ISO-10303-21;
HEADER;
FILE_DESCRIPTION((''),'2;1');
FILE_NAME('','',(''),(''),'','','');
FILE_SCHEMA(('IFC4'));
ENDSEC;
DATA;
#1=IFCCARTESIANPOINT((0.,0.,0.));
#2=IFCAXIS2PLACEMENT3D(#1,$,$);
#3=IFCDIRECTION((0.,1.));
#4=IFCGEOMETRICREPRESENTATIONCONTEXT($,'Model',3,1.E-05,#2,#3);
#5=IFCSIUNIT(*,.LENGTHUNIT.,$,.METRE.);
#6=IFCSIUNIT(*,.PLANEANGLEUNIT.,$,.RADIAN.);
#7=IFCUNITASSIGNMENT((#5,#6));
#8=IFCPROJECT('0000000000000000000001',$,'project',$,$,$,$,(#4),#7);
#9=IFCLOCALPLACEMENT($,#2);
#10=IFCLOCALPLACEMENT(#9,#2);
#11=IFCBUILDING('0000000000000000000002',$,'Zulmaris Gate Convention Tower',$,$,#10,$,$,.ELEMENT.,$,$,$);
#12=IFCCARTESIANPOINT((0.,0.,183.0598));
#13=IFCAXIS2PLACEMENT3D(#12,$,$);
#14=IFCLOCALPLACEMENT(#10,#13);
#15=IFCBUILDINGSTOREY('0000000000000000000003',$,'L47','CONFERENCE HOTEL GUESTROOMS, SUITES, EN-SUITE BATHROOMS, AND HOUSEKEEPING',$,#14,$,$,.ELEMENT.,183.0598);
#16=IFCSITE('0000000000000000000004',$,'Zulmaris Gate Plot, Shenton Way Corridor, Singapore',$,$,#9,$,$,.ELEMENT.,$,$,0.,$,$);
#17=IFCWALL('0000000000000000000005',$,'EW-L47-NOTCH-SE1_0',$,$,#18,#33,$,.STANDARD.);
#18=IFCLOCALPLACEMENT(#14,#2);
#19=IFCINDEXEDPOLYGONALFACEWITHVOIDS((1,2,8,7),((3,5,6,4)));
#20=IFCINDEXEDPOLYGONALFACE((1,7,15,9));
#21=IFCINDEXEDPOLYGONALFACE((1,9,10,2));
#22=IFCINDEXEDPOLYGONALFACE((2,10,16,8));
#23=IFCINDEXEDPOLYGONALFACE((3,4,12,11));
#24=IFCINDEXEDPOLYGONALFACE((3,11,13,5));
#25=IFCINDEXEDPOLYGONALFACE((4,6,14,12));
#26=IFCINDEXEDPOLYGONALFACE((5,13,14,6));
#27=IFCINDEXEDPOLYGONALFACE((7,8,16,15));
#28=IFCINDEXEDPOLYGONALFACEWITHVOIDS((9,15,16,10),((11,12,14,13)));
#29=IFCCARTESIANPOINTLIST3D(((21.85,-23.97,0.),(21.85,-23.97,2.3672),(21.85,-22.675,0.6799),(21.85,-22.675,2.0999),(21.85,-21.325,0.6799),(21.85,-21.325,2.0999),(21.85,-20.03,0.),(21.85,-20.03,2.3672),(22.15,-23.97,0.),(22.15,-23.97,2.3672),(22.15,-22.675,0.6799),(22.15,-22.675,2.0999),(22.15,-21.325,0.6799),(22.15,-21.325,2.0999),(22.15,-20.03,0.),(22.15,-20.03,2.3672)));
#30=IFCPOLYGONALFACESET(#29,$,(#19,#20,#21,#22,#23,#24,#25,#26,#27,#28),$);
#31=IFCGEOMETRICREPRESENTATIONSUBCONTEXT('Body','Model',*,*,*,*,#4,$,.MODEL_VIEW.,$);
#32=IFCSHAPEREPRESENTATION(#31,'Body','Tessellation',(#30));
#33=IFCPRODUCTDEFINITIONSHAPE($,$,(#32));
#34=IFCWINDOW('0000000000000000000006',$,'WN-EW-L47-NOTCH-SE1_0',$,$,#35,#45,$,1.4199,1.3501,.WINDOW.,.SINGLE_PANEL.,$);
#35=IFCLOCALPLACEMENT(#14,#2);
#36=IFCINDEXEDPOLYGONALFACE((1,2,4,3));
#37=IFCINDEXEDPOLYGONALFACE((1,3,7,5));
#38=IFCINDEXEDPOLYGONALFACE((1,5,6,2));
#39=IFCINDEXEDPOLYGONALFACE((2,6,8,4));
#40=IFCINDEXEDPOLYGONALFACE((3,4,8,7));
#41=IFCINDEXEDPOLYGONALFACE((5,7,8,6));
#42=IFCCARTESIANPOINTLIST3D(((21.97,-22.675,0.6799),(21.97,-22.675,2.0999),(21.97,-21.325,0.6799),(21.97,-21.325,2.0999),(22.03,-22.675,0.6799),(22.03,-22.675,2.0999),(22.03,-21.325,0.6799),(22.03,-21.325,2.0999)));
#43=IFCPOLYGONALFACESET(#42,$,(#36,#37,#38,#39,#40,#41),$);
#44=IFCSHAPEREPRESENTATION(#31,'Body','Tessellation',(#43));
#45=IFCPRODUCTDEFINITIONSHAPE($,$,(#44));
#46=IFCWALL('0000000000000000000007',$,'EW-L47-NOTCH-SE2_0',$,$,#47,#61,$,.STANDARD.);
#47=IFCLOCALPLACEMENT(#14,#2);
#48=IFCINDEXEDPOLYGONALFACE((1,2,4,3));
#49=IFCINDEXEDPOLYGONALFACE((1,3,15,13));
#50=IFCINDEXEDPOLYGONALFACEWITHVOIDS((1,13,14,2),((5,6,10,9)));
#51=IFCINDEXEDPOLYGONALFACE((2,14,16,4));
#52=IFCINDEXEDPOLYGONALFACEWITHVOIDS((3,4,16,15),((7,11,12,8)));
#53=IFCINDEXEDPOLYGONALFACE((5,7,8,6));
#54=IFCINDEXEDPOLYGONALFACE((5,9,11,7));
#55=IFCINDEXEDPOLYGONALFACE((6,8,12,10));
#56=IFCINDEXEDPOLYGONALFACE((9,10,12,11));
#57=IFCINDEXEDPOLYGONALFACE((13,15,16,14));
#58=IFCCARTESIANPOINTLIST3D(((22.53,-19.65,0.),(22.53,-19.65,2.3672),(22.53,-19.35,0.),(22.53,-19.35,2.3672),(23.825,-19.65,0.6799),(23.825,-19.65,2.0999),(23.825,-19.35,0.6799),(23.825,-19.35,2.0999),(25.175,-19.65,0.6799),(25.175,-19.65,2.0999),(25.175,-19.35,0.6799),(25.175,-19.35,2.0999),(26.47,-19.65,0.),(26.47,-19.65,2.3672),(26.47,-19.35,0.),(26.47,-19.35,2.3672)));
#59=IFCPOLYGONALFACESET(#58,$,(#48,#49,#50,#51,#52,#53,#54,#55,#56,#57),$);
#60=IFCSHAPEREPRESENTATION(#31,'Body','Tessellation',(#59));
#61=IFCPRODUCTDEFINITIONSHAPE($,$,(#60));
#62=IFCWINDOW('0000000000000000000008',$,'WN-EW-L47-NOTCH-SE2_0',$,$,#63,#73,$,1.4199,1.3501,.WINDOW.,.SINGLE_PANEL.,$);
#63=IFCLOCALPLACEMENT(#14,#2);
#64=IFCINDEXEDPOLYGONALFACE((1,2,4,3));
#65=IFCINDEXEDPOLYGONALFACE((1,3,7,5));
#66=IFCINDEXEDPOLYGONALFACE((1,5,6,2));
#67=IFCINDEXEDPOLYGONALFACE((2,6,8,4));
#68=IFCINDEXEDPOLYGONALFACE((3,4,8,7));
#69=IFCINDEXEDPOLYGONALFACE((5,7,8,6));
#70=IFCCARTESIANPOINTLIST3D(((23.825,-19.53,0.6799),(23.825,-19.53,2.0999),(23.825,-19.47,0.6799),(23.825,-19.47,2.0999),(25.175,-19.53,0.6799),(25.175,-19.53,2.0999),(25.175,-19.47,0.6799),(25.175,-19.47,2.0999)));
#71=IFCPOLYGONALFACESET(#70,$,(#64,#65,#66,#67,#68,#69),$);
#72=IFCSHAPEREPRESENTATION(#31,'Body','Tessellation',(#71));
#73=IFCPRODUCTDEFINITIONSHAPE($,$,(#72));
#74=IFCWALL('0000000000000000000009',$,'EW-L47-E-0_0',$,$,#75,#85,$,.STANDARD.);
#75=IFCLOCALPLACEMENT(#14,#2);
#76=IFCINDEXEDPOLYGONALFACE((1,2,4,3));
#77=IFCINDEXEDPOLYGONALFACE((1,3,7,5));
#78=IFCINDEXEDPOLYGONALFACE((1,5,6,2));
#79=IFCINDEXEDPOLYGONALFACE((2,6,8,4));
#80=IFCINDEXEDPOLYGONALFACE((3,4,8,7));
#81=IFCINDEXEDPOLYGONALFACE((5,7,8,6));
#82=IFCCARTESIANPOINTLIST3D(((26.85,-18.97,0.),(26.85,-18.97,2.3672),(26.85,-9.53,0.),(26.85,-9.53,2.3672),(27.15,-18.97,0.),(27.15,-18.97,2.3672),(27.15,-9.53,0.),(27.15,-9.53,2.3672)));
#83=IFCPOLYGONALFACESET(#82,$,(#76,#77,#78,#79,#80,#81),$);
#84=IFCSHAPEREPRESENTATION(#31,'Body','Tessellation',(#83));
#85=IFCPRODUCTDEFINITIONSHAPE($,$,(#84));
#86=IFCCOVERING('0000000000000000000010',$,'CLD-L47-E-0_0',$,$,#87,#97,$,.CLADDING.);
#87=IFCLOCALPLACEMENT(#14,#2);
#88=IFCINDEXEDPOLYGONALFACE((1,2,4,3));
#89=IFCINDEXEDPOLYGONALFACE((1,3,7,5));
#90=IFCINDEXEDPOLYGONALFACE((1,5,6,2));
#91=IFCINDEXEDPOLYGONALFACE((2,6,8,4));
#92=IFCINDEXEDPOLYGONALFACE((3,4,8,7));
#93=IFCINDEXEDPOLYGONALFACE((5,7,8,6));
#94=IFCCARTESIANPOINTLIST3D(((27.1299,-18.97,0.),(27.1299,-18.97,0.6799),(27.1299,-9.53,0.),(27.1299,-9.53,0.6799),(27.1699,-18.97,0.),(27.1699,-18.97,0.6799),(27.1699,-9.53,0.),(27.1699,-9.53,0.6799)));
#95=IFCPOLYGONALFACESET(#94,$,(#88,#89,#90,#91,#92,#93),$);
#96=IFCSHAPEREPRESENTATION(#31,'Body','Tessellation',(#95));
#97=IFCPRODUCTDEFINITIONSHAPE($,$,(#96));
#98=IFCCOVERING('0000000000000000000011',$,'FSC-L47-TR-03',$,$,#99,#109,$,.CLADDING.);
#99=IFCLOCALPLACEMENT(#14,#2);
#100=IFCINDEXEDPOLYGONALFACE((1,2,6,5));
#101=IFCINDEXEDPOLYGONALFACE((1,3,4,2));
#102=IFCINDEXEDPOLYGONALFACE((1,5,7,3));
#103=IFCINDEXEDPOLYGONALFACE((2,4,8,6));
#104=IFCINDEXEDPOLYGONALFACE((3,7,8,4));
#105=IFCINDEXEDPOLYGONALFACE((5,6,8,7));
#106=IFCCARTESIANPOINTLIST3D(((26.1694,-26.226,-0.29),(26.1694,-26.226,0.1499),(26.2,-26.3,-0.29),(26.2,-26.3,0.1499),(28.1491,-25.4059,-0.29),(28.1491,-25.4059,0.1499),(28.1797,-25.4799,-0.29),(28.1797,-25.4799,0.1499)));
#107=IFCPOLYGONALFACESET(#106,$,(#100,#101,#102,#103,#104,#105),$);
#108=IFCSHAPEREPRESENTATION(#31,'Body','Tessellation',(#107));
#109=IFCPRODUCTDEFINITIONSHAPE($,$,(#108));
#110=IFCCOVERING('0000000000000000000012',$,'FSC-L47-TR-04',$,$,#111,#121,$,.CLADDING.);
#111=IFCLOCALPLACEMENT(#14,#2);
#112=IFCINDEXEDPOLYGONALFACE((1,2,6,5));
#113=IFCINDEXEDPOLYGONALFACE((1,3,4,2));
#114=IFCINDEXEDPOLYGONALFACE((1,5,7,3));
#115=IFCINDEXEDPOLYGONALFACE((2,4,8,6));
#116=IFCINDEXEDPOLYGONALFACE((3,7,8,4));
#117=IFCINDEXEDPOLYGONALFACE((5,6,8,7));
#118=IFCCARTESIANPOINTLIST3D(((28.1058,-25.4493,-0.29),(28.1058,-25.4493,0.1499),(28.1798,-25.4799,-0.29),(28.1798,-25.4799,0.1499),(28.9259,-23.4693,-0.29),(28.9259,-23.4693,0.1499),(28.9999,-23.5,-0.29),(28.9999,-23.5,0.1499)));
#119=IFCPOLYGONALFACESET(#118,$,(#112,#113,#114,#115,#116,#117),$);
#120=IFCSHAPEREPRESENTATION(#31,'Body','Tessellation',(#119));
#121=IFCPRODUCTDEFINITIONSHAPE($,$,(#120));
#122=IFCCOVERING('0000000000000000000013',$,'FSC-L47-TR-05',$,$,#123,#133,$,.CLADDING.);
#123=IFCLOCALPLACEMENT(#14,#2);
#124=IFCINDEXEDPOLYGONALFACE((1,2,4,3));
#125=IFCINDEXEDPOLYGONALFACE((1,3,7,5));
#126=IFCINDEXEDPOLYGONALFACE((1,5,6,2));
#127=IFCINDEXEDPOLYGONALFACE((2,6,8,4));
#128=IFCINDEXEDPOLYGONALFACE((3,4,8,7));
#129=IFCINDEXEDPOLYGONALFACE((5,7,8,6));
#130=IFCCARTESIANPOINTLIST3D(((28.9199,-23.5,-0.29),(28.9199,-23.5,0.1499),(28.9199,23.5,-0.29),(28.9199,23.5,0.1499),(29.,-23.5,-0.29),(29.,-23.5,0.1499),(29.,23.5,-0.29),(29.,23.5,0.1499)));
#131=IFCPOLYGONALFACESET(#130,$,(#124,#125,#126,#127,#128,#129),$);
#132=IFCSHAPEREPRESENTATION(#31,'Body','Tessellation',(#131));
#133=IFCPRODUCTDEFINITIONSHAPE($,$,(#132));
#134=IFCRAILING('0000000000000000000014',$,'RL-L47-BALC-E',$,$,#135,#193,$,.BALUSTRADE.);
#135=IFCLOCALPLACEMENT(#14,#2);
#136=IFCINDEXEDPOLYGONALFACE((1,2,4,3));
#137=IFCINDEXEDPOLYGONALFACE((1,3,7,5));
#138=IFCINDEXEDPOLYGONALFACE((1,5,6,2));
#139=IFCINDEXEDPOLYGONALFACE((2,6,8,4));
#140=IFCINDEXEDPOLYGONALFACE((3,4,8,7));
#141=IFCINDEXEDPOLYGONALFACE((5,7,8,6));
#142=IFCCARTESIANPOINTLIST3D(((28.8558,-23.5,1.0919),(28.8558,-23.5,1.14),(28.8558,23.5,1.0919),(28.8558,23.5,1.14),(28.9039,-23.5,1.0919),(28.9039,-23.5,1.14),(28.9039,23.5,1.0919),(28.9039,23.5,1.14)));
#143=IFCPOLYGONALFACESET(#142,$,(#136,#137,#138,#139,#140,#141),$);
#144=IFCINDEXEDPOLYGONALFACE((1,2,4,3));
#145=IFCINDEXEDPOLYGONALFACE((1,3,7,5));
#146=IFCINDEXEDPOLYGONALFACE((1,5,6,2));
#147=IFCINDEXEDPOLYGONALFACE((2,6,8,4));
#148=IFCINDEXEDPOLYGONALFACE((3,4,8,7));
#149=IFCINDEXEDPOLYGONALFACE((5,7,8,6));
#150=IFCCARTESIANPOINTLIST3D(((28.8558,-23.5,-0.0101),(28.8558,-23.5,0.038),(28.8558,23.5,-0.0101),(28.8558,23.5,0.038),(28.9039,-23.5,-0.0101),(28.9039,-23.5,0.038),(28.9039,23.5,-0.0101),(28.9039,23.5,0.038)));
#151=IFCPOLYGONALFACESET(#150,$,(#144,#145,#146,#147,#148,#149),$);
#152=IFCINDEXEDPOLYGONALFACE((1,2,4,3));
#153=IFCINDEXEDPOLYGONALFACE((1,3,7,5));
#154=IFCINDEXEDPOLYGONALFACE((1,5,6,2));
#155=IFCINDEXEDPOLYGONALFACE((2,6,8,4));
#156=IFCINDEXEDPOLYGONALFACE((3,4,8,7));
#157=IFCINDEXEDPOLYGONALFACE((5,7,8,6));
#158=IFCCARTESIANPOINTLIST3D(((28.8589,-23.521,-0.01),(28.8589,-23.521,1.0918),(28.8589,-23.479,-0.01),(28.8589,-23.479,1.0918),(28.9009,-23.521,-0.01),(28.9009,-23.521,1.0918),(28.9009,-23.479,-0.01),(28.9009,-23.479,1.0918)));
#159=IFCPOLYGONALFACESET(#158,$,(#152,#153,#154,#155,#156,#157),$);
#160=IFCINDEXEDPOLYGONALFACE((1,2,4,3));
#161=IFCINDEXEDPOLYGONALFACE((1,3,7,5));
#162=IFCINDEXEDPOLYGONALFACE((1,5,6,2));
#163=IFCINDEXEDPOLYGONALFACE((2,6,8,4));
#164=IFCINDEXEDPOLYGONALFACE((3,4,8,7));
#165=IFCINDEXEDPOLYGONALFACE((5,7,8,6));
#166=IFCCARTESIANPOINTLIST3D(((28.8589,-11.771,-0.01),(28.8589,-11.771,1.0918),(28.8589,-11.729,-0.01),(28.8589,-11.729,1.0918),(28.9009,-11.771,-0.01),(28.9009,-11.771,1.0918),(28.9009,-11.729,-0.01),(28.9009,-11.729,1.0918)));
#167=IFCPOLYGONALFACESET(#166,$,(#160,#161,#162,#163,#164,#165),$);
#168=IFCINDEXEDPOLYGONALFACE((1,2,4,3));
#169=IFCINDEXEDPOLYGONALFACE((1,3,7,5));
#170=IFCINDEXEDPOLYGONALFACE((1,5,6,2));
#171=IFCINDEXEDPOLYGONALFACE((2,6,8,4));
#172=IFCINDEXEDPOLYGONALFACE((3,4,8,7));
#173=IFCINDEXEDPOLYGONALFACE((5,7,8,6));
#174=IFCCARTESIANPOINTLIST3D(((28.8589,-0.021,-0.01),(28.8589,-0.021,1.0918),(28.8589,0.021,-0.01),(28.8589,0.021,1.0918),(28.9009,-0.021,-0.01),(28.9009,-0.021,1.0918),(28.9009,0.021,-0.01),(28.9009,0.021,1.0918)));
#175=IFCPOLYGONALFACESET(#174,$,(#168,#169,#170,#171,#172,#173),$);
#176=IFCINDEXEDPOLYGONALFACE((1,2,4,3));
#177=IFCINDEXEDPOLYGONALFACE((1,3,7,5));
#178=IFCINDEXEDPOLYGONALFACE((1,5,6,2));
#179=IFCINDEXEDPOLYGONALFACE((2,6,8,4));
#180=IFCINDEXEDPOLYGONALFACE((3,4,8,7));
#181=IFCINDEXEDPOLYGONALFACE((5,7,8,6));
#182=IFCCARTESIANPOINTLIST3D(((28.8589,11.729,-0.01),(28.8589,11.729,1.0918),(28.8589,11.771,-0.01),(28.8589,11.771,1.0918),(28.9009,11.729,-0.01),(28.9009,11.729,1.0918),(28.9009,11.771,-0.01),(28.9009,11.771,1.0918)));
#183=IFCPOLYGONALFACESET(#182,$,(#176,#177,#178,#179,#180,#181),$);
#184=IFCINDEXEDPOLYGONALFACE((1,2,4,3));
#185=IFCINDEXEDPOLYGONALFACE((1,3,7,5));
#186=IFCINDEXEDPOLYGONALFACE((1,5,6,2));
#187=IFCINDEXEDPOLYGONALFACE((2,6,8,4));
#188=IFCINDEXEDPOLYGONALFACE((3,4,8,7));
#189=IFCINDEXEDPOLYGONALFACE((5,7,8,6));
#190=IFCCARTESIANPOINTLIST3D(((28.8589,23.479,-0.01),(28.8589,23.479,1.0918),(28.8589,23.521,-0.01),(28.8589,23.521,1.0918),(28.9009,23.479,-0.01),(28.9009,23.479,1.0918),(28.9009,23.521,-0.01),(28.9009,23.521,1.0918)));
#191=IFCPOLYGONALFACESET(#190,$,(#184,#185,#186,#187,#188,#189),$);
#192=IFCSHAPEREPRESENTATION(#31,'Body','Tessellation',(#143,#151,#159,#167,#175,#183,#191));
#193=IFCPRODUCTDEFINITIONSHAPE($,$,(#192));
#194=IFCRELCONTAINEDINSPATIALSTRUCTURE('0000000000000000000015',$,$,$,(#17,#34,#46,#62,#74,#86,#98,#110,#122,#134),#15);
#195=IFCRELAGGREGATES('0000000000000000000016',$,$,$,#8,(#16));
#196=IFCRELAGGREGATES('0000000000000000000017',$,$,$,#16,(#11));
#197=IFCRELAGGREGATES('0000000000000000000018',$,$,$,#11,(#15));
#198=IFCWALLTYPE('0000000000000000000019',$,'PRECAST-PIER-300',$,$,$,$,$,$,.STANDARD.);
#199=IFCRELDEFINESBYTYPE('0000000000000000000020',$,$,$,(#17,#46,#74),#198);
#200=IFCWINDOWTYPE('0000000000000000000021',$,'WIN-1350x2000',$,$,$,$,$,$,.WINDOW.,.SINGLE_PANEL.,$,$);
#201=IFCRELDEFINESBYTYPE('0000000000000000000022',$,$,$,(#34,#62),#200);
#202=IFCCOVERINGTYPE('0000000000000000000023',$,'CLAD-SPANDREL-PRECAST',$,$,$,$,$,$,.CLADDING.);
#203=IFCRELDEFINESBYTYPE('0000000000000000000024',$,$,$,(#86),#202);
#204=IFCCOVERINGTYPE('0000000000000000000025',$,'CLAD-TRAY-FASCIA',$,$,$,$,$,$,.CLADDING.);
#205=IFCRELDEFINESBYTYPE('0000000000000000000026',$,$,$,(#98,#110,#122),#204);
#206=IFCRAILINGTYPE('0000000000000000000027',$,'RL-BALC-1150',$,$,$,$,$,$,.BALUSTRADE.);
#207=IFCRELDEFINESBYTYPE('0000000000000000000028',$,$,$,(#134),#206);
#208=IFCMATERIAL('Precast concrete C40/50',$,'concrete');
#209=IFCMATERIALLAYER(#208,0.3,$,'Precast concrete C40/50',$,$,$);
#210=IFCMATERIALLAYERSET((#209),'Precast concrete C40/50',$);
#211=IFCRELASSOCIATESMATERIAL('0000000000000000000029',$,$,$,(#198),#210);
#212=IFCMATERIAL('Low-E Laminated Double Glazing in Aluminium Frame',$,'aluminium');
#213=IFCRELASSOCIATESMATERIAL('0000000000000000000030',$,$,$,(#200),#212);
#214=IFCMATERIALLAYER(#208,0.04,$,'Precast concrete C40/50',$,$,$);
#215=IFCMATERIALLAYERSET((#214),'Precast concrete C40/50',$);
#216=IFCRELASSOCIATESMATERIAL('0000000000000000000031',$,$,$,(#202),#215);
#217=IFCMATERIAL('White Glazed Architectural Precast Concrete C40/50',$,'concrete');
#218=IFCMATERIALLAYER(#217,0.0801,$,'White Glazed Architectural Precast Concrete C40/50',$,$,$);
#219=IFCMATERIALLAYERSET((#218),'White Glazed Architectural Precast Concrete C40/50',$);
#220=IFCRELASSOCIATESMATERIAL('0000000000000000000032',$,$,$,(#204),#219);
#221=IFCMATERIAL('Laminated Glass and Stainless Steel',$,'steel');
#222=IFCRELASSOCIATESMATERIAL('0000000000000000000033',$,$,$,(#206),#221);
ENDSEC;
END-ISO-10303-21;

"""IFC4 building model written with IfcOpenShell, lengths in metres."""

from ifc_helpers import new_model, si_unit, direction, frame, frame_2d, origin, origin_2d, place, context, subcontext, project, spatial, rectangle, extrude, material, layer, layer_set, type_object, element, fill, save


model = new_model("IFC4")

# Units and contexts
model_context = context("Model", 3, precision=1e-05, world=origin(), true_north=direction((0.0, 1.0)))
body_context = subcontext(model_context, "Body", "Model", "MODEL_VIEW")
ifc_project = project(units=[si_unit("LENGTHUNIT", "METRE"), si_unit("PLANEANGLEUNIT", "RADIAN")], contexts=[model_context])

# Site, building, storey
site_placement = place(None, origin())
site = spatial("IfcSite", under=ifc_project, at=site_placement, Name="Zulmaris Gate Plot, Shenton Way Corridor, Singapore", CompositionType="ELEMENT", RefElevation=0.0)
building_placement = place(site_placement, origin())
building = spatial("IfcBuilding", under=site, at=building_placement, Name="Zulmaris Gate Convention Tower", CompositionType="ELEMENT")
storey_placement = place(building_placement, frame((0.0, 0.0, 183.0598)))
storey = spatial("IfcBuildingStorey", under=building, at=storey_placement, Name="L47", Description="CONFERENCE HOTEL GUESTROOMS, SUITES, EN-SUITE BATHROOMS, AND HOUSEKEEPING", CompositionType="ELEMENT", Elevation=183.0598)

# Walls, openings, windows
ifc_material_1 = material(Name="Precast concrete C40/50", Category="concrete")
ifc_layer_1 = layer(ifc_material_1, 0.3, Name="Precast concrete C40/50")
ifc_layer_set_1 = layer_set([ifc_layer_1], Name="Precast concrete C40/50")
wall_type_1 = type_object("IfcWallType", Name="PRECAST-PIER-300", PredefinedType="STANDARD", material=ifc_layer_set_1)
wall_1_placement = place(storey_placement, frame((22.0, -23.97, 0.0), z_axis=(0.0, 0.0, 1.0), x_axis=(0.0, 1.0, 0.0)))
wall_1 = element("IfcWall", 1, at=wall_1_placement, inside=storey, type_object=wall_type_1, Name="EW-L47-NOTCH-SE1_0", PredefinedType="STANDARD", context=body_context, shape_type="SweptSolid", body=[
    extrude(rectangle(XDim=3.9399, YDim=0.3, at=frame_2d((1.97, 0.0))), origin(), (0.0, 0.0, 1.0), 2.3672),
])
opening_1_placement = place(wall_1_placement, frame((1.2949, 0.0, 0.6799)))
opening_1 = element("IfcOpeningElement", 2, at=opening_1_placement, cuts=wall_1, PredefinedType="OPENING", context=body_context, shape_type="SweptSolid", body=[
    extrude(rectangle(XDim=1.3501, YDim=1.4199, at=frame_2d((0.675, 0.71))), frame((0.0, 0.1602, 0.0), z_axis=(0.0, -1.0, 0.0), x_axis=(1.0, 0.0, 0.0)), (0.0, 0.0, 1.0), 0.3201),
])
ifc_material_2 = material(Name="Low-E Laminated Double Glazing in Aluminium Frame", Category="aluminium")
window_type = type_object("IfcWindowType", Name="WIN-1350x2000", PartitioningType="SINGLE_PANEL", PredefinedType="WINDOW", material=ifc_material_2)
window_1_placement = place(opening_1_placement, origin())
window_1 = element("IfcWindow", 3, at=window_1_placement, inside=storey, type_object=window_type, Name="WN-EW-L47-NOTCH-SE1_0", OverallHeight=1.4199, OverallWidth=1.3501, PartitioningType="SINGLE_PANEL", PredefinedType="WINDOW", context=body_context, shape_type="SweptSolid", body=[
    extrude(rectangle(XDim=1.3501, YDim=1.4199, at=frame_2d((0.675, 0.71))), frame((0.0, 0.03, 0.0), z_axis=(0.0, -1.0, 0.0), x_axis=(1.0, 0.0, 0.0)), (0.0, 0.0, 1.0), 0.0601),
])
fill(opening_1, window_1)
wall_2_placement = place(storey_placement, frame((22.53, -19.5, 0.0), z_axis=(0.0, 0.0, 1.0), x_axis=(1.0, 0.0, 0.0)))
wall_2 = element("IfcWall", 4, at=wall_2_placement, inside=storey, type_object=wall_type_1, Name="EW-L47-NOTCH-SE2_0", PredefinedType="STANDARD", context=body_context, shape_type="SweptSolid", body=[
    extrude(rectangle(XDim=3.9399, YDim=0.3, at=frame_2d((1.97, 0.0))), origin(), (0.0, 0.0, 1.0), 2.3672),
])
opening_2_placement = place(wall_2_placement, frame((1.2949, 0.0, 0.6799)))
opening_2 = element("IfcOpeningElement", 5, at=opening_2_placement, cuts=wall_2, PredefinedType="OPENING", context=body_context, shape_type="SweptSolid", body=[
    extrude(rectangle(XDim=1.3501, YDim=1.4199, at=frame_2d((0.675, 0.71))), frame((0.0, 0.1602, 0.0), z_axis=(0.0, -1.0, 0.0), x_axis=(1.0, 0.0, 0.0)), (0.0, 0.0, 1.0), 0.3201),
])
window_2_placement = place(opening_2_placement, origin())
window_2 = element("IfcWindow", 6, at=window_2_placement, inside=storey, type_object=window_type, Name="WN-EW-L47-NOTCH-SE2_0", OverallHeight=1.4199, OverallWidth=1.3501, PartitioningType="SINGLE_PANEL", PredefinedType="WINDOW", context=body_context, shape_type="SweptSolid", body=[
    extrude(rectangle(XDim=1.3501, YDim=1.4199, at=frame_2d((0.675, 0.71))), frame((0.0, 0.03, 0.0), z_axis=(0.0, -1.0, 0.0), x_axis=(1.0, 0.0, 0.0)), (0.0, 0.0, 1.0), 0.0601),
])
fill(opening_2, window_2)

# Wall
wall_3_placement = place(storey_placement, frame((27.0, -18.97, 0.0), z_axis=(0.0, 0.0, 1.0), x_axis=(0.0, 1.0, 0.0)))
element("IfcWall", 7, at=wall_3_placement, inside=storey, type_object=wall_type_1, Name="EW-L47-E-0_0", PredefinedType="STANDARD", context=body_context, shape_type="SweptSolid", body=[
    extrude(rectangle(XDim=9.4399, YDim=0.3, at=frame_2d((4.72, 0.0))), origin(), (0.0, 0.0, 1.0), 2.3672),
])

# Coverings
ifc_layer_2 = layer(ifc_material_1, 0.04, Name="Precast concrete C40/50")
ifc_layer_set_2 = layer_set([ifc_layer_2], Name="Precast concrete C40/50")
covering_type_1 = type_object("IfcCoveringType", Name="CLAD-SPANDREL-PRECAST", PredefinedType="CLADDING", material=ifc_layer_set_2)
covering_1_placement = place(storey_placement, frame((27.1499, -18.97, 0.0), z_axis=(0.0, 0.0, 1.0), x_axis=(0.0, 1.0, 0.0)))
element("IfcCovering", 8, at=covering_1_placement, inside=storey, type_object=covering_type_1, Name="CLD-L47-E-0_0", PredefinedType="CLADDING", context=body_context, shape_type="SweptSolid", body=[
    extrude(rectangle(XDim=9.4399, YDim=0.04, at=frame_2d((4.72, 0.0))), origin(), (0.0, 0.0, 1.0), 0.6799),
])
ifc_material_3 = material(Name="White Glazed Architectural Precast Concrete C40/50", Category="concrete")
ifc_layer_3 = layer(ifc_material_3, 0.0801, Name="White Glazed Architectural Precast Concrete C40/50")
ifc_layer_set_3 = layer_set([ifc_layer_3], Name="White Glazed Architectural Precast Concrete C40/50")
covering_type_2 = type_object("IfcCoveringType", Name="CLAD-TRAY-FASCIA", PredefinedType="CLADDING", material=ifc_layer_set_3)
covering_2_placement = place(storey_placement, frame((26.1848, -26.2629, -0.29), z_axis=(0.0, 0.0, 1.0), x_axis=(0.923874, 0.382697, 0.0)))
element("IfcCovering", 9, at=covering_2_placement, inside=storey, type_object=covering_type_2, Name="FSC-L47-TR-03", PredefinedType="CLADDING", context=body_context, shape_type="SweptSolid", body=[
    extrude(rectangle(XDim=2.1428, YDim=0.0801, at=frame_2d((1.0713, 0.0))), origin(), (0.0, 0.0, 1.0), 0.4399),
])
covering_3_placement = place(storey_placement, frame((28.1428, -25.4646, -0.29), z_axis=(0.0, 0.0, 1.0), x_axis=(0.382657, 0.92389, 0.0)))
element("IfcCovering", 10, at=covering_3_placement, inside=storey, type_object=covering_type_2, Name="FSC-L47-TR-04", PredefinedType="CLADDING", context=body_context, shape_type="SweptSolid", body=[
    extrude(rectangle(XDim=2.1431, YDim=0.0801, at=frame_2d((1.0715, 0.0))), origin(), (0.0, 0.0, 1.0), 0.4399),
])
covering_4_placement = place(storey_placement, frame((28.96, -23.5, -0.29), z_axis=(0.0, 0.0, 1.0), x_axis=(0.0, 1.0, 0.0)))
element("IfcCovering", 11, at=covering_4_placement, inside=storey, type_object=covering_type_2, Name="FSC-L47-TR-05", PredefinedType="CLADDING", context=body_context, shape_type="SweptSolid", body=[
    extrude(rectangle(XDim=47.0, YDim=0.0801, at=frame_2d((23.5, 0.0))), origin(), (0.0, 0.0, 1.0), 0.4399),
])

# Railing
ifc_material_4 = material(Name="Laminated Glass and Stainless Steel", Category="steel")
railing_type = type_object("IfcRailingType", Name="RL-BALC-1150", PredefinedType="BALUSTRADE", material=ifc_material_4)
railing_placement = place(storey_placement, frame((28.8799, -23.5, -0.01)))
element("IfcRailing", 12, at=railing_placement, inside=storey, type_object=railing_type, Name="RL-L47-BALC-E", PredefinedType="BALUSTRADE", context=body_context, shape_type="SweptSolid", body=[
    extrude(rectangle(XDim=0.0481, YDim=0.0481, at=origin_2d()), frame((0.0, 0.0, 1.126), z_axis=(0.0, 1.0, 0.0), x_axis=(-1.0, 0.0, 0.0)), (0.0, 0.0, 1.0), 47.0),
    extrude(rectangle(XDim=0.0481, YDim=0.0481, at=origin_2d()), frame((0.0, 0.0, 0.0239), z_axis=(0.0, 1.0, 0.0), x_axis=(-1.0, 0.0, 0.0)), (0.0, 0.0, 1.0), 47.0),
    extrude(rectangle(XDim=0.042, YDim=0.042, at=origin_2d()), origin(), (0.0, 0.0, 1.0), 1.1018),
    extrude(rectangle(XDim=0.042, YDim=0.042, at=origin_2d()), frame((0.0, 11.75, 0.0)), (0.0, 0.0, 1.0), 1.1018),
    extrude(rectangle(XDim=0.042, YDim=0.042, at=origin_2d()), frame((0.0, 23.5, 0.0)), (0.0, 0.0, 1.0), 1.1018),
    extrude(rectangle(XDim=0.042, YDim=0.042, at=origin_2d()), frame((0.0, 35.25, 0.0)), (0.0, 0.0, 1.0), 1.1018),
    extrude(rectangle(XDim=0.042, YDim=0.042, at=origin_2d()), frame((0.0, 47.0, 0.0)), (0.0, 0.0, 1.0), 1.1018),
])

save(model, "model.ifc")
